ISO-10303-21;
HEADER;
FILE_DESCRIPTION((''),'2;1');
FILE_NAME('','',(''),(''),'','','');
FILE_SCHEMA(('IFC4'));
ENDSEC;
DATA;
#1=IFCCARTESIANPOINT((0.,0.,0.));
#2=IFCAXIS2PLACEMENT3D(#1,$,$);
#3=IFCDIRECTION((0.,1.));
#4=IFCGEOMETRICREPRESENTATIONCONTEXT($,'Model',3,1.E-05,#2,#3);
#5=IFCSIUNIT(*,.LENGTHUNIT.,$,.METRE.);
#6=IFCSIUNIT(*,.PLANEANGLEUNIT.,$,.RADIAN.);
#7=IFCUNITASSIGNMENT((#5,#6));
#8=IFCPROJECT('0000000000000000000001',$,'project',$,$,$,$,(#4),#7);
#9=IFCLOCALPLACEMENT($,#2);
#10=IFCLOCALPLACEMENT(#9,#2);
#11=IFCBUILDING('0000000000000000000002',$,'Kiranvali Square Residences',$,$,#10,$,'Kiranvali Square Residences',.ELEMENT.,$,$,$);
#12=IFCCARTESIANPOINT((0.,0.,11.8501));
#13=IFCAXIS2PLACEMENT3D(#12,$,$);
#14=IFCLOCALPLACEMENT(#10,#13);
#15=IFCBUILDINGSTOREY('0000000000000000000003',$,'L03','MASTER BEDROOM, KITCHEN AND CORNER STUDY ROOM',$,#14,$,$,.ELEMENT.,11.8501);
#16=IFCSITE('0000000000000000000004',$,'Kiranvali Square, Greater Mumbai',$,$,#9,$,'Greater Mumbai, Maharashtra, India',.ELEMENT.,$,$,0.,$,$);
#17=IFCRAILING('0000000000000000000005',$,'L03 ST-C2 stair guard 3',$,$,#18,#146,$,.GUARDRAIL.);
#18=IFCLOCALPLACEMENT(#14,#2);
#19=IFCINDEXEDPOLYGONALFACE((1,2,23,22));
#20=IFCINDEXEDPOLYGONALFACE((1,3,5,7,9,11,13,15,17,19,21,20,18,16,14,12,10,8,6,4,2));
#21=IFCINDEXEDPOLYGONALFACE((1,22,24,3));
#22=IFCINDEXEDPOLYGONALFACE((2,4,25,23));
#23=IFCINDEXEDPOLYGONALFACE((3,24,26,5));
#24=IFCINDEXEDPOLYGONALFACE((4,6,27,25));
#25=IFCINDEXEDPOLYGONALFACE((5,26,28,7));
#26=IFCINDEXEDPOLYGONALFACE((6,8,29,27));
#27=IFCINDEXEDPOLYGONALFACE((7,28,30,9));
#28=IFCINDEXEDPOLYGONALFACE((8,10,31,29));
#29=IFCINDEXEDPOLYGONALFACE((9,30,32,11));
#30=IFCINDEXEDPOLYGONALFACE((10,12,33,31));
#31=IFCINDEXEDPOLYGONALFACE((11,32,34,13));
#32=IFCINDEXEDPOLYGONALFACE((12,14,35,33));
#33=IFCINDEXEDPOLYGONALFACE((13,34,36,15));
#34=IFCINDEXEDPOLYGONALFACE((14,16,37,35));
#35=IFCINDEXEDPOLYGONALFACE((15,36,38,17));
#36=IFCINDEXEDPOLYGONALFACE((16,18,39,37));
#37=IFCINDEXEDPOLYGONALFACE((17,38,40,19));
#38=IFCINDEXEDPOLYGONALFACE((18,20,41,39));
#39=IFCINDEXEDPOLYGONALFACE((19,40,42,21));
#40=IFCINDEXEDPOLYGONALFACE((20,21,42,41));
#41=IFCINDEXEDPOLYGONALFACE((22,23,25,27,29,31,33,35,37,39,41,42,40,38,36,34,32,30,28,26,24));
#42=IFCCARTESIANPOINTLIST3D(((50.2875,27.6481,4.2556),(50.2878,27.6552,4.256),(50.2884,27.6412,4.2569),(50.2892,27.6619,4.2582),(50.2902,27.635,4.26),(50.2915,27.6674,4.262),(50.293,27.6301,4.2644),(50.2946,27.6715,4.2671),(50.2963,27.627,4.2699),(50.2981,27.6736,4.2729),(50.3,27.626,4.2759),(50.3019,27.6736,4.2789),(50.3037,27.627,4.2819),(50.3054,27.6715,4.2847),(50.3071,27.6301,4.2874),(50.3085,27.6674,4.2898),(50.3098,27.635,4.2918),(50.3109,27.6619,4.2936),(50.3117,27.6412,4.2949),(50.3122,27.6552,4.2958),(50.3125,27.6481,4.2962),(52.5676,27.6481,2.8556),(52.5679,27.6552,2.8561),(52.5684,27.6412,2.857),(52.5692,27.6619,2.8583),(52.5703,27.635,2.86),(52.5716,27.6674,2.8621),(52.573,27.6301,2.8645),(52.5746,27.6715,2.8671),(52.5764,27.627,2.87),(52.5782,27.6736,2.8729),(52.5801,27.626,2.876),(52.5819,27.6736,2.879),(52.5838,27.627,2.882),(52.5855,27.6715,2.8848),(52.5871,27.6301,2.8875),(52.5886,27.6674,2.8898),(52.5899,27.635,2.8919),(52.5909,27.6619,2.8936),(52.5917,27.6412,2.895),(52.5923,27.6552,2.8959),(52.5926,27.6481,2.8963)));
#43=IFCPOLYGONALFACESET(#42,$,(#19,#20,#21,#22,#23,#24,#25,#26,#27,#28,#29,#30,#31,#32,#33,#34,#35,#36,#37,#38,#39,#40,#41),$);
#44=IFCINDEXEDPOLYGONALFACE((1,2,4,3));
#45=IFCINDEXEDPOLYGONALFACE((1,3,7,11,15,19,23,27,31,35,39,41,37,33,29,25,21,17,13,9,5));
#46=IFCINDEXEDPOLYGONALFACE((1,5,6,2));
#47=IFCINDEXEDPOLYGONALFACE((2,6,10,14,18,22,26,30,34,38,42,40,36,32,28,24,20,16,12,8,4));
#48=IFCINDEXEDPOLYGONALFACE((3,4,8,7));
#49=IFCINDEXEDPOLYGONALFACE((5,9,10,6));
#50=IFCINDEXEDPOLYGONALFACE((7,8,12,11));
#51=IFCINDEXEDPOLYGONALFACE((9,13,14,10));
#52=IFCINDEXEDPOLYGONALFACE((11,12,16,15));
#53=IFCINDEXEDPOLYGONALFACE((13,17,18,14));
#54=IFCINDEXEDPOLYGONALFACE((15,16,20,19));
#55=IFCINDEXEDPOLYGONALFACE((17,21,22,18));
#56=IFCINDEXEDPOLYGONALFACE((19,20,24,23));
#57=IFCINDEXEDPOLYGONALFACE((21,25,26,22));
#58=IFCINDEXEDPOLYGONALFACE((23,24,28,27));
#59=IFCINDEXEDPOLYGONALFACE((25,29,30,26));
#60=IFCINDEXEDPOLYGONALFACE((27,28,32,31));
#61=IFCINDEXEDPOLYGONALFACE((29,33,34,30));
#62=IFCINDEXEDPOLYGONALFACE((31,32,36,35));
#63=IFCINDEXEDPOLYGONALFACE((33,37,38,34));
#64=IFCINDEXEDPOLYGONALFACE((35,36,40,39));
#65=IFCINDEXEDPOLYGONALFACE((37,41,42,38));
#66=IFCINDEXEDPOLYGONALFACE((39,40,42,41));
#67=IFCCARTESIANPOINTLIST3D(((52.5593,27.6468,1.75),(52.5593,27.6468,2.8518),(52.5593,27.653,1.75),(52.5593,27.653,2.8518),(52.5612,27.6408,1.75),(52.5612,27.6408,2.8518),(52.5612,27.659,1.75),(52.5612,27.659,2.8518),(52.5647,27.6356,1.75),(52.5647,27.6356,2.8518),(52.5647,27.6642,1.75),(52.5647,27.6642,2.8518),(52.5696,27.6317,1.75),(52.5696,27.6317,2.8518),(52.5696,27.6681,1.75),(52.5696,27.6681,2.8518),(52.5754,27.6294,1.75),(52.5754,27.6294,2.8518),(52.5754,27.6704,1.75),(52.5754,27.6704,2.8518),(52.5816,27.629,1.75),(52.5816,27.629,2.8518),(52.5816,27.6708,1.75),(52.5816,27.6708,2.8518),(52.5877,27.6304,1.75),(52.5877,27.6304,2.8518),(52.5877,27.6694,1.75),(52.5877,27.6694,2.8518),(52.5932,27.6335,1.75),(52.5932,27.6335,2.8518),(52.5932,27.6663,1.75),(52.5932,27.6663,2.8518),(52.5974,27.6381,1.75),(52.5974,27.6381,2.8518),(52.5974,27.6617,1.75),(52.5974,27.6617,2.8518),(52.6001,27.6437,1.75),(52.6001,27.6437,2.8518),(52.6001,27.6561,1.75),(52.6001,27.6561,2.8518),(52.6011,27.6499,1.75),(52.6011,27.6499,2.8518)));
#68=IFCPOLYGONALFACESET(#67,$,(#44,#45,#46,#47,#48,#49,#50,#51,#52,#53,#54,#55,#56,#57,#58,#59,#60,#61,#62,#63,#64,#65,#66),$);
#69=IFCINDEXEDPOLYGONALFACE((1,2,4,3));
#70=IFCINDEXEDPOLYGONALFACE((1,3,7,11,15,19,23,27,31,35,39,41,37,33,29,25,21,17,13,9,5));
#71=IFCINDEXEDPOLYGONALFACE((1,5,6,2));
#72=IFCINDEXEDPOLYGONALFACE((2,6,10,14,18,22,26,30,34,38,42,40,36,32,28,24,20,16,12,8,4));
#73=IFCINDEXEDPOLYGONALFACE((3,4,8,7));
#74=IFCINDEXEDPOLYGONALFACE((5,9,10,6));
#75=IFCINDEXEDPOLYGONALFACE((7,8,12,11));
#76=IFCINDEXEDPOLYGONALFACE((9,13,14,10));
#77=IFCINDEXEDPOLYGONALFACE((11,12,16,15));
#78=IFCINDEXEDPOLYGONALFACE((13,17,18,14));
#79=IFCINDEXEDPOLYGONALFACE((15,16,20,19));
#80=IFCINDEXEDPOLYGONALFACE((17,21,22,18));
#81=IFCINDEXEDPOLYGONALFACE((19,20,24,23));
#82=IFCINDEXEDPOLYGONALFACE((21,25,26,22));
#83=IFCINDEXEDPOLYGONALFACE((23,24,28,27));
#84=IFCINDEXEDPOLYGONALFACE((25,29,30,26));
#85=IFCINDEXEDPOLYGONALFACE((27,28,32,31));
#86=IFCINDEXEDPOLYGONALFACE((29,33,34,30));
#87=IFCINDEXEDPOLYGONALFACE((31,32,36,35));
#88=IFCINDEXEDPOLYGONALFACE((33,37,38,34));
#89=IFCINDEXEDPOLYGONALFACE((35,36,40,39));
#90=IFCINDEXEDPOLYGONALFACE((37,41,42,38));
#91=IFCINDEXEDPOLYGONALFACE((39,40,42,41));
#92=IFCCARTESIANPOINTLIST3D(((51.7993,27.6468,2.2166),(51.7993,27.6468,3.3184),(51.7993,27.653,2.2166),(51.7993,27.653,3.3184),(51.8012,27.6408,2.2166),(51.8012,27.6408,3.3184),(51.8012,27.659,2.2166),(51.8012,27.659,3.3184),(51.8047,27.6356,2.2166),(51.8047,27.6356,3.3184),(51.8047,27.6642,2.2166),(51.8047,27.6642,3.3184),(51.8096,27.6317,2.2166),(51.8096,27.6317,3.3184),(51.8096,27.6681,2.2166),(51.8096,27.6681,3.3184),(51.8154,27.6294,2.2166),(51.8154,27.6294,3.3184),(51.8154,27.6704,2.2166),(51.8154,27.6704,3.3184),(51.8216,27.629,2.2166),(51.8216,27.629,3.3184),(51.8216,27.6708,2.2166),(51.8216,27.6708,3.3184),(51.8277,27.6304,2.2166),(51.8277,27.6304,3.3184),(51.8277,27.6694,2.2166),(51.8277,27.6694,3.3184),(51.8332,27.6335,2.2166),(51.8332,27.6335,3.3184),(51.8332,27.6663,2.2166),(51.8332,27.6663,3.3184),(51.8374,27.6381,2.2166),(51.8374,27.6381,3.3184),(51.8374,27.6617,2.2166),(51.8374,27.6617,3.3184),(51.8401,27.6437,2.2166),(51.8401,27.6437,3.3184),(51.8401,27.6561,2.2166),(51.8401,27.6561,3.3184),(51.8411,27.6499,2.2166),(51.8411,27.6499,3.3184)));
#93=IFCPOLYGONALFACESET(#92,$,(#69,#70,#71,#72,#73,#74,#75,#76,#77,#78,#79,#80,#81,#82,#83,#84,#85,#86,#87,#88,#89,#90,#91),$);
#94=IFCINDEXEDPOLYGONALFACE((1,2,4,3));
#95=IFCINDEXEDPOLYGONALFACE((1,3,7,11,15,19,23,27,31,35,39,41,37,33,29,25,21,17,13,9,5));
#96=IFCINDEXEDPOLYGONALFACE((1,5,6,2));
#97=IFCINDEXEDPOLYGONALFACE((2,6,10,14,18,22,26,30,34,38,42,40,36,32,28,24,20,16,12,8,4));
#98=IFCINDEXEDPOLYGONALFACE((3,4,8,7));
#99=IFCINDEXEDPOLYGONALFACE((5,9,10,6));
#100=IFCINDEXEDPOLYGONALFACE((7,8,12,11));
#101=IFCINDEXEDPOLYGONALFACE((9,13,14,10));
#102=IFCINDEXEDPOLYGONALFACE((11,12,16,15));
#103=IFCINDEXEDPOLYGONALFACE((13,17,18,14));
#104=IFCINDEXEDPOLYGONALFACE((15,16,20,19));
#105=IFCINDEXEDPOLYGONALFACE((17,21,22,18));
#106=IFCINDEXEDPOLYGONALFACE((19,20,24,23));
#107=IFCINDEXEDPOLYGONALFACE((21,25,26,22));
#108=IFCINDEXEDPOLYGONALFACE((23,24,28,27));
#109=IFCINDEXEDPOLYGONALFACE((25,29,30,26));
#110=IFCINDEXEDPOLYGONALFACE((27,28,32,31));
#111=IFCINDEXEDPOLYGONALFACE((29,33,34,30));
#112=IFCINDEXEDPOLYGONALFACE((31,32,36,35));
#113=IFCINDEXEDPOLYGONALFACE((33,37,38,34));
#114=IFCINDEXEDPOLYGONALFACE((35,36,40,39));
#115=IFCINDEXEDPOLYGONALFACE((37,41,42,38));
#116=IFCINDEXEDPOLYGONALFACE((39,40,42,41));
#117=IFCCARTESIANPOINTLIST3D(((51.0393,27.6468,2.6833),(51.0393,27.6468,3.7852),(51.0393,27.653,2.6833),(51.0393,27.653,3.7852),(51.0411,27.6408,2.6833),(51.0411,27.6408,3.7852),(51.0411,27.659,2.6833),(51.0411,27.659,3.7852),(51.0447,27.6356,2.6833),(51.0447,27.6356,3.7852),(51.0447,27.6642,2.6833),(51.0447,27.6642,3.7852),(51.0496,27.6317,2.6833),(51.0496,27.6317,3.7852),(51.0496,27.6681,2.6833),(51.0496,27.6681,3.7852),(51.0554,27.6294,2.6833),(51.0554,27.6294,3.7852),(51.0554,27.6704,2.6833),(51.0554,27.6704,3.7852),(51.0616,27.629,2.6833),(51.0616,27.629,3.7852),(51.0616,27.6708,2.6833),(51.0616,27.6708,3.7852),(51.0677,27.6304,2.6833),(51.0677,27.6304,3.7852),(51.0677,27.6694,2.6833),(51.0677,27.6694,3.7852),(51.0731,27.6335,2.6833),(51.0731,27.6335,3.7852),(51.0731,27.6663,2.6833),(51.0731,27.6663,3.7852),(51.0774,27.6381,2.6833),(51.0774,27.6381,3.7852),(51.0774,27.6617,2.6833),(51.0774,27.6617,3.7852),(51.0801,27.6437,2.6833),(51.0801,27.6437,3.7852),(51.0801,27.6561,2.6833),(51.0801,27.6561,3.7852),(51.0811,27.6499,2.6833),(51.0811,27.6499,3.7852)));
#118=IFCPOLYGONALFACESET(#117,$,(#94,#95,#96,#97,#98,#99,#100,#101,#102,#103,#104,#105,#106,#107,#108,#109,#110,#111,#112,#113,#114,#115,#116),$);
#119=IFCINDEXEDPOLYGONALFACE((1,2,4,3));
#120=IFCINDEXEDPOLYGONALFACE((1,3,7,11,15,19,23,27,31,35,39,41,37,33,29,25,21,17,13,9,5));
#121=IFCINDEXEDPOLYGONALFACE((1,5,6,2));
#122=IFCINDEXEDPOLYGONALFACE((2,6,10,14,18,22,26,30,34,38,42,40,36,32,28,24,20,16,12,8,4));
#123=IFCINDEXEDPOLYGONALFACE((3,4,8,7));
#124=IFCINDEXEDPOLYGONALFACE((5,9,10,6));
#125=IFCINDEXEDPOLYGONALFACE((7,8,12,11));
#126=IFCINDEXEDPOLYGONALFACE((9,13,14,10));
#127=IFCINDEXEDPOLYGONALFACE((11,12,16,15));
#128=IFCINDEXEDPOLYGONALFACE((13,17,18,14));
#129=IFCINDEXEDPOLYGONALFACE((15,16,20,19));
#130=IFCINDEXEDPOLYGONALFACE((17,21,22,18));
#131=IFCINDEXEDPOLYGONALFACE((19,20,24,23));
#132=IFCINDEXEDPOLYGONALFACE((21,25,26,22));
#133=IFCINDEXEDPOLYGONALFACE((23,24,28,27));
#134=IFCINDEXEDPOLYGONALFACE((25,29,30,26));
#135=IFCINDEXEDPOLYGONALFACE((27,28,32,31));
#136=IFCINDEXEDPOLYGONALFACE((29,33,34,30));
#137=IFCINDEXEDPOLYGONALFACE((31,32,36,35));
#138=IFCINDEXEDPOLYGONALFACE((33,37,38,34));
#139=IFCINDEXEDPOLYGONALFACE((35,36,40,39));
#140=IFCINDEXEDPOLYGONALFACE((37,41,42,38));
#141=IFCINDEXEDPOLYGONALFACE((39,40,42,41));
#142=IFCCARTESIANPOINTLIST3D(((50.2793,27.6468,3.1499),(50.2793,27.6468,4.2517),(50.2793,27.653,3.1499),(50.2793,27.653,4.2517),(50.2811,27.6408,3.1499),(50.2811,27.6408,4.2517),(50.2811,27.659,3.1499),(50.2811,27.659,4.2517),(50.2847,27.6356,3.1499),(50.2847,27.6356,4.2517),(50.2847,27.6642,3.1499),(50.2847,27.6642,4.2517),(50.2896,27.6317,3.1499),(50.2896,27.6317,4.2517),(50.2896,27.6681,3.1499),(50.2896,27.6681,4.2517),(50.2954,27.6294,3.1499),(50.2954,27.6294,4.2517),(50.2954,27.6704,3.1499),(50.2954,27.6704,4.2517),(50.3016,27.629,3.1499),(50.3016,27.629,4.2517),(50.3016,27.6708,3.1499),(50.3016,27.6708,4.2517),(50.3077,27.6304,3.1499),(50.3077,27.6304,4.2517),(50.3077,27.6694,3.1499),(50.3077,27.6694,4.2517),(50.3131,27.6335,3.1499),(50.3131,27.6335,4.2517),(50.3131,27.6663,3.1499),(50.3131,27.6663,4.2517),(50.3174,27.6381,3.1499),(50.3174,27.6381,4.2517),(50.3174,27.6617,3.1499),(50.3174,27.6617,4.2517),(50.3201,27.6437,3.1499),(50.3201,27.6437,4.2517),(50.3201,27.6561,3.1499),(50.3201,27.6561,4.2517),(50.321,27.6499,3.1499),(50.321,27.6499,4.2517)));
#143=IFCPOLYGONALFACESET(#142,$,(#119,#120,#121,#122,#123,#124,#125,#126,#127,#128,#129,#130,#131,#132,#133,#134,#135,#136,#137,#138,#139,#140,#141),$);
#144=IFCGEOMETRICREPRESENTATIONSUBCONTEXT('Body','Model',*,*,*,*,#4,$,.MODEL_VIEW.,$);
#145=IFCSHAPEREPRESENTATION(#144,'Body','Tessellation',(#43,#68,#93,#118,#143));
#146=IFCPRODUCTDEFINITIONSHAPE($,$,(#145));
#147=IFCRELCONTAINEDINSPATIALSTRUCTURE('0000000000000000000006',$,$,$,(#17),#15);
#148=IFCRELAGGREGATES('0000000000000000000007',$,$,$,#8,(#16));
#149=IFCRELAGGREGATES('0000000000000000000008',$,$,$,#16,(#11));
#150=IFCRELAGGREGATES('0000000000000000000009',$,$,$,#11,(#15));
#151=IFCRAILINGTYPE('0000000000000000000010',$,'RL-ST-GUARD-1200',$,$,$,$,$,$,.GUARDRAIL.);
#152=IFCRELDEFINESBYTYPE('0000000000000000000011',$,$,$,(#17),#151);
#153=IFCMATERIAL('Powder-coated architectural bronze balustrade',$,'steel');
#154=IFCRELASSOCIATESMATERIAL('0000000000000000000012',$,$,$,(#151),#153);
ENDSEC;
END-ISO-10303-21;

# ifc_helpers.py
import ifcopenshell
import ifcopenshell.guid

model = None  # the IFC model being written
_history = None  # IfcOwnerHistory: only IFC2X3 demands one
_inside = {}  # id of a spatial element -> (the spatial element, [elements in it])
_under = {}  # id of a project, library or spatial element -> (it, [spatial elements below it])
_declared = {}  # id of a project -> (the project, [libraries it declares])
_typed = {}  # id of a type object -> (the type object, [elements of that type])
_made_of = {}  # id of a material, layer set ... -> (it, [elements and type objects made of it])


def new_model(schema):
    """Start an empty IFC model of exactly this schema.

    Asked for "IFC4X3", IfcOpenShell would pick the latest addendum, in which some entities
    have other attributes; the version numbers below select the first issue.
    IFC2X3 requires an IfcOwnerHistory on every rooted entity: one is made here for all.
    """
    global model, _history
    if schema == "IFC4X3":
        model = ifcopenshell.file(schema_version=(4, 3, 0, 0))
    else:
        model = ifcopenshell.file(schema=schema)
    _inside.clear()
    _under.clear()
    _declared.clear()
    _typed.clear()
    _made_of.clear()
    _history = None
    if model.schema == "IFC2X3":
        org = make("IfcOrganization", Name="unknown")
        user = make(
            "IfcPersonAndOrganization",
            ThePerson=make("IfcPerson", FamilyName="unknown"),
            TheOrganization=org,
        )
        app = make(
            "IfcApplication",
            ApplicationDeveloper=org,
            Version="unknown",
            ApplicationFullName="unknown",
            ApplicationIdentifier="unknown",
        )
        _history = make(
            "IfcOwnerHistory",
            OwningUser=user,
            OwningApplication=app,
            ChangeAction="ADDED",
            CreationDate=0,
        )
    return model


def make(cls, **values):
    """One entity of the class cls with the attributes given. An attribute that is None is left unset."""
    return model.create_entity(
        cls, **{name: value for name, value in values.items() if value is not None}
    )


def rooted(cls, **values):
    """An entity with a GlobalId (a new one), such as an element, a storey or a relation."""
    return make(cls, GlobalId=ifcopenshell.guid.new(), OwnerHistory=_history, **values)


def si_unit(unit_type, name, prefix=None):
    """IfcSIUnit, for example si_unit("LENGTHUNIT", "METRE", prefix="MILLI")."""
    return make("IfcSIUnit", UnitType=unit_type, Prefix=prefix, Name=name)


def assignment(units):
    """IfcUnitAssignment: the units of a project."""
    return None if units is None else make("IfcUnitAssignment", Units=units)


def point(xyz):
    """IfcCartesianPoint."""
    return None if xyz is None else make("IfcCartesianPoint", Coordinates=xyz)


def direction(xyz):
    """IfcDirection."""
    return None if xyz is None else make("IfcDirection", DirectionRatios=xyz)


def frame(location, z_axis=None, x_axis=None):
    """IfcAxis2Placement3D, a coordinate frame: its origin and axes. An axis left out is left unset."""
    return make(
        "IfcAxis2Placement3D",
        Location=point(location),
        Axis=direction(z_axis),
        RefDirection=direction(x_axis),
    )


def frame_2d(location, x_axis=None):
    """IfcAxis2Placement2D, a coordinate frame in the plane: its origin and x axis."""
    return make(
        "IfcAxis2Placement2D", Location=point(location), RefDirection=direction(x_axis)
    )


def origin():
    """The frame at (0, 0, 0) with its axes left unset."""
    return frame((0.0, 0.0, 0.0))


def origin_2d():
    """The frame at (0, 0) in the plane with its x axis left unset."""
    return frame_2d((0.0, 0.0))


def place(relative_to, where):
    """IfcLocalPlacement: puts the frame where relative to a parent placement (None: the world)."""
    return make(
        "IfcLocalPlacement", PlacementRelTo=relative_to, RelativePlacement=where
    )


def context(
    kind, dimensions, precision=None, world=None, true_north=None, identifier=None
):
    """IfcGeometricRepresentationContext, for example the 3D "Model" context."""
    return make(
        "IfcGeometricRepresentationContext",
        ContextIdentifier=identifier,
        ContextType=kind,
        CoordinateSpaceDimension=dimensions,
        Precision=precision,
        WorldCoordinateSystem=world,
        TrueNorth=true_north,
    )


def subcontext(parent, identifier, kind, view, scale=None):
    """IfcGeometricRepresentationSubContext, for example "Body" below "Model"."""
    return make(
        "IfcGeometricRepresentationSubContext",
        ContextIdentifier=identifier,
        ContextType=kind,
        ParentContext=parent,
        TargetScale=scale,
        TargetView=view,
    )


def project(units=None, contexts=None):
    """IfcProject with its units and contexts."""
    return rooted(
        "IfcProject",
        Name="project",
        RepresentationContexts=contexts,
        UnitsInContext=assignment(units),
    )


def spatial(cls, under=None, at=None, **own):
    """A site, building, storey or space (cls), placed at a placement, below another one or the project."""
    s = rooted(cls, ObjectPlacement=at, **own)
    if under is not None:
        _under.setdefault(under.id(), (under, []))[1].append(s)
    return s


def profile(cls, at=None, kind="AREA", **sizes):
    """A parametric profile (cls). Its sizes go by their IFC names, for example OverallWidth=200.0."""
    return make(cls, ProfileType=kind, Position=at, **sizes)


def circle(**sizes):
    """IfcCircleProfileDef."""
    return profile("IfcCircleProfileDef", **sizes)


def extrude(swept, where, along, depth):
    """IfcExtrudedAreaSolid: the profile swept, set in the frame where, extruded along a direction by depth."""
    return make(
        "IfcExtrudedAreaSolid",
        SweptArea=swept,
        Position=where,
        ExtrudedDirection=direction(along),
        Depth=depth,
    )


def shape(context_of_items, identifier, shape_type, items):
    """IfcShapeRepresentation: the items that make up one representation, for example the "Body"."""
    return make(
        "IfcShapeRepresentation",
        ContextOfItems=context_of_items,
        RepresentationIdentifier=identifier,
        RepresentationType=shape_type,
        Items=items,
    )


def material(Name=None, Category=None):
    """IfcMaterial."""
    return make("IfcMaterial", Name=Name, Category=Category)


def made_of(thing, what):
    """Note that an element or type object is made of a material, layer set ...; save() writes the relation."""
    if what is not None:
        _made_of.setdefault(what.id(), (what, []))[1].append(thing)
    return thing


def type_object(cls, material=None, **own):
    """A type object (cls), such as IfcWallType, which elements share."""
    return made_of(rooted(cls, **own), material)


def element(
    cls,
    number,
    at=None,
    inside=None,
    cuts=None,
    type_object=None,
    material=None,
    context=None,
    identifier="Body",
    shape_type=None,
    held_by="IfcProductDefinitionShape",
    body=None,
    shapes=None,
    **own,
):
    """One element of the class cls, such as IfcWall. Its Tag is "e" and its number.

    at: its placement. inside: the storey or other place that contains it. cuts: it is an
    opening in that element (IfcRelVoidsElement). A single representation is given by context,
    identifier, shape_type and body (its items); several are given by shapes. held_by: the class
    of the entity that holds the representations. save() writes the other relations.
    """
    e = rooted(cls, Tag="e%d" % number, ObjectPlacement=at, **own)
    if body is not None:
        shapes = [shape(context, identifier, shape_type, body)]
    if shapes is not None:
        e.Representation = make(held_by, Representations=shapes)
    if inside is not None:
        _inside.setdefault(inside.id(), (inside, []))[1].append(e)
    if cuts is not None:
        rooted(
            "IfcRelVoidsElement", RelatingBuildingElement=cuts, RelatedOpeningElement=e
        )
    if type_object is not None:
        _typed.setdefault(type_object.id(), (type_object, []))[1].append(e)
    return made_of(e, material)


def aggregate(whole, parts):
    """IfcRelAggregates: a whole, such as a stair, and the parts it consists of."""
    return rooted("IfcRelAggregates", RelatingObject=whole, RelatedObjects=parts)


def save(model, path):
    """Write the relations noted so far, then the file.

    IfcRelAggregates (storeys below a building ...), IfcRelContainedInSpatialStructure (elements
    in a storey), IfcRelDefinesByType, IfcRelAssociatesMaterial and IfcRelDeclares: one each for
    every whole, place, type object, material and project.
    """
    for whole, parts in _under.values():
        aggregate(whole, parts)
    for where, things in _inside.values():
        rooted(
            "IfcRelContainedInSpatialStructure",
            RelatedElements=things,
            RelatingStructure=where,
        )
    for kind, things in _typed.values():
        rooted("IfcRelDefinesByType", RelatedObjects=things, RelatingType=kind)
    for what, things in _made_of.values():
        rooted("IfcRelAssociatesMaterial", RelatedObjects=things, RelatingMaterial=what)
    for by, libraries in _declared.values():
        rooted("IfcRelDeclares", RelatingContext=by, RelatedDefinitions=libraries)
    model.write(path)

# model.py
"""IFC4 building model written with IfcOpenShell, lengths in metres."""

from ifc_helpers import new_model, si_unit, direction, frame, origin, origin_2d, place, context, subcontext, project, spatial, circle, extrude, material, type_object, element, save


model = new_model("IFC4")

# Units and contexts
model_context = context("Model", 3, precision=1e-05, world=origin(), true_north=direction((0.0, 1.0)))
body_context = subcontext(model_context, "Body", "Model", "MODEL_VIEW")
ifc_project = project(units=[si_unit("LENGTHUNIT", "METRE"), si_unit("PLANEANGLEUNIT", "RADIAN")], contexts=[model_context])

# Site, building, storey
site_placement = place(None, origin())
site = spatial("IfcSite", under=ifc_project, at=site_placement, Name="Kiranvali Square, Greater Mumbai", LongName="Greater Mumbai, Maharashtra, India", CompositionType="ELEMENT", RefElevation=0.0)
building_placement = place(site_placement, origin())
building = spatial("IfcBuilding", under=site, at=building_placement, Name="Kiranvali Square Residences", LongName="Kiranvali Square Residences", CompositionType="ELEMENT")
storey_placement = place(building_placement, frame((0.0, 0.0, 11.8501)))
storey = spatial("IfcBuildingStorey", under=building, at=storey_placement, Name="L03", Description="MASTER BEDROOM, KITCHEN AND CORNER STUDY ROOM", CompositionType="ELEMENT", Elevation=11.8501)

# Railing
ifc_material_1 = material(Name="Powder-coated architectural bronze balustrade", Category="steel")
railing_type_1 = type_object("IfcRailingType", Name="RL-ST-GUARD-1200", PredefinedType="GUARDRAIL", material=ifc_material_1)
railing_1_placement = place(storey_placement, frame((52.5801, 27.6499, 1.75)))
element("IfcRailing", 1, at=railing_1_placement, inside=storey, type_object=railing_type_1, Name="L03 ST-C2 stair guard 3", PredefinedType="GUARDRAIL", context=body_context, shape_type="SweptSolid", body=[
    extrude(circle(Radius=0.0239, at=origin_2d()), frame((0.0, 0.0, 1.126), z_axis=(-0.85219, 0.0, 0.523232), x_axis=(0.0, -1.0, 0.0)), (0.0, 0.0, 1.0), 2.6755),
    extrude(circle(Radius=0.021, at=origin_2d()), origin(), (0.0, 0.0, 1.0), 1.1018),
    extrude(circle(Radius=0.021, at=origin_2d()), frame((-0.76, 0.0, 0.4666)), (0.0, 0.0, 1.0), 1.1018),
    extrude(circle(Radius=0.021, at=origin_2d()), frame((-1.52, 0.0, 0.9333)), (0.0, 0.0, 1.0), 1.1018),
    extrude(circle(Radius=0.021, at=origin_2d()), frame((-2.28, 0.0, 1.3999)), (0.0, 0.0, 1.0), 1.1018),
])

save(model, "model.ifc")
